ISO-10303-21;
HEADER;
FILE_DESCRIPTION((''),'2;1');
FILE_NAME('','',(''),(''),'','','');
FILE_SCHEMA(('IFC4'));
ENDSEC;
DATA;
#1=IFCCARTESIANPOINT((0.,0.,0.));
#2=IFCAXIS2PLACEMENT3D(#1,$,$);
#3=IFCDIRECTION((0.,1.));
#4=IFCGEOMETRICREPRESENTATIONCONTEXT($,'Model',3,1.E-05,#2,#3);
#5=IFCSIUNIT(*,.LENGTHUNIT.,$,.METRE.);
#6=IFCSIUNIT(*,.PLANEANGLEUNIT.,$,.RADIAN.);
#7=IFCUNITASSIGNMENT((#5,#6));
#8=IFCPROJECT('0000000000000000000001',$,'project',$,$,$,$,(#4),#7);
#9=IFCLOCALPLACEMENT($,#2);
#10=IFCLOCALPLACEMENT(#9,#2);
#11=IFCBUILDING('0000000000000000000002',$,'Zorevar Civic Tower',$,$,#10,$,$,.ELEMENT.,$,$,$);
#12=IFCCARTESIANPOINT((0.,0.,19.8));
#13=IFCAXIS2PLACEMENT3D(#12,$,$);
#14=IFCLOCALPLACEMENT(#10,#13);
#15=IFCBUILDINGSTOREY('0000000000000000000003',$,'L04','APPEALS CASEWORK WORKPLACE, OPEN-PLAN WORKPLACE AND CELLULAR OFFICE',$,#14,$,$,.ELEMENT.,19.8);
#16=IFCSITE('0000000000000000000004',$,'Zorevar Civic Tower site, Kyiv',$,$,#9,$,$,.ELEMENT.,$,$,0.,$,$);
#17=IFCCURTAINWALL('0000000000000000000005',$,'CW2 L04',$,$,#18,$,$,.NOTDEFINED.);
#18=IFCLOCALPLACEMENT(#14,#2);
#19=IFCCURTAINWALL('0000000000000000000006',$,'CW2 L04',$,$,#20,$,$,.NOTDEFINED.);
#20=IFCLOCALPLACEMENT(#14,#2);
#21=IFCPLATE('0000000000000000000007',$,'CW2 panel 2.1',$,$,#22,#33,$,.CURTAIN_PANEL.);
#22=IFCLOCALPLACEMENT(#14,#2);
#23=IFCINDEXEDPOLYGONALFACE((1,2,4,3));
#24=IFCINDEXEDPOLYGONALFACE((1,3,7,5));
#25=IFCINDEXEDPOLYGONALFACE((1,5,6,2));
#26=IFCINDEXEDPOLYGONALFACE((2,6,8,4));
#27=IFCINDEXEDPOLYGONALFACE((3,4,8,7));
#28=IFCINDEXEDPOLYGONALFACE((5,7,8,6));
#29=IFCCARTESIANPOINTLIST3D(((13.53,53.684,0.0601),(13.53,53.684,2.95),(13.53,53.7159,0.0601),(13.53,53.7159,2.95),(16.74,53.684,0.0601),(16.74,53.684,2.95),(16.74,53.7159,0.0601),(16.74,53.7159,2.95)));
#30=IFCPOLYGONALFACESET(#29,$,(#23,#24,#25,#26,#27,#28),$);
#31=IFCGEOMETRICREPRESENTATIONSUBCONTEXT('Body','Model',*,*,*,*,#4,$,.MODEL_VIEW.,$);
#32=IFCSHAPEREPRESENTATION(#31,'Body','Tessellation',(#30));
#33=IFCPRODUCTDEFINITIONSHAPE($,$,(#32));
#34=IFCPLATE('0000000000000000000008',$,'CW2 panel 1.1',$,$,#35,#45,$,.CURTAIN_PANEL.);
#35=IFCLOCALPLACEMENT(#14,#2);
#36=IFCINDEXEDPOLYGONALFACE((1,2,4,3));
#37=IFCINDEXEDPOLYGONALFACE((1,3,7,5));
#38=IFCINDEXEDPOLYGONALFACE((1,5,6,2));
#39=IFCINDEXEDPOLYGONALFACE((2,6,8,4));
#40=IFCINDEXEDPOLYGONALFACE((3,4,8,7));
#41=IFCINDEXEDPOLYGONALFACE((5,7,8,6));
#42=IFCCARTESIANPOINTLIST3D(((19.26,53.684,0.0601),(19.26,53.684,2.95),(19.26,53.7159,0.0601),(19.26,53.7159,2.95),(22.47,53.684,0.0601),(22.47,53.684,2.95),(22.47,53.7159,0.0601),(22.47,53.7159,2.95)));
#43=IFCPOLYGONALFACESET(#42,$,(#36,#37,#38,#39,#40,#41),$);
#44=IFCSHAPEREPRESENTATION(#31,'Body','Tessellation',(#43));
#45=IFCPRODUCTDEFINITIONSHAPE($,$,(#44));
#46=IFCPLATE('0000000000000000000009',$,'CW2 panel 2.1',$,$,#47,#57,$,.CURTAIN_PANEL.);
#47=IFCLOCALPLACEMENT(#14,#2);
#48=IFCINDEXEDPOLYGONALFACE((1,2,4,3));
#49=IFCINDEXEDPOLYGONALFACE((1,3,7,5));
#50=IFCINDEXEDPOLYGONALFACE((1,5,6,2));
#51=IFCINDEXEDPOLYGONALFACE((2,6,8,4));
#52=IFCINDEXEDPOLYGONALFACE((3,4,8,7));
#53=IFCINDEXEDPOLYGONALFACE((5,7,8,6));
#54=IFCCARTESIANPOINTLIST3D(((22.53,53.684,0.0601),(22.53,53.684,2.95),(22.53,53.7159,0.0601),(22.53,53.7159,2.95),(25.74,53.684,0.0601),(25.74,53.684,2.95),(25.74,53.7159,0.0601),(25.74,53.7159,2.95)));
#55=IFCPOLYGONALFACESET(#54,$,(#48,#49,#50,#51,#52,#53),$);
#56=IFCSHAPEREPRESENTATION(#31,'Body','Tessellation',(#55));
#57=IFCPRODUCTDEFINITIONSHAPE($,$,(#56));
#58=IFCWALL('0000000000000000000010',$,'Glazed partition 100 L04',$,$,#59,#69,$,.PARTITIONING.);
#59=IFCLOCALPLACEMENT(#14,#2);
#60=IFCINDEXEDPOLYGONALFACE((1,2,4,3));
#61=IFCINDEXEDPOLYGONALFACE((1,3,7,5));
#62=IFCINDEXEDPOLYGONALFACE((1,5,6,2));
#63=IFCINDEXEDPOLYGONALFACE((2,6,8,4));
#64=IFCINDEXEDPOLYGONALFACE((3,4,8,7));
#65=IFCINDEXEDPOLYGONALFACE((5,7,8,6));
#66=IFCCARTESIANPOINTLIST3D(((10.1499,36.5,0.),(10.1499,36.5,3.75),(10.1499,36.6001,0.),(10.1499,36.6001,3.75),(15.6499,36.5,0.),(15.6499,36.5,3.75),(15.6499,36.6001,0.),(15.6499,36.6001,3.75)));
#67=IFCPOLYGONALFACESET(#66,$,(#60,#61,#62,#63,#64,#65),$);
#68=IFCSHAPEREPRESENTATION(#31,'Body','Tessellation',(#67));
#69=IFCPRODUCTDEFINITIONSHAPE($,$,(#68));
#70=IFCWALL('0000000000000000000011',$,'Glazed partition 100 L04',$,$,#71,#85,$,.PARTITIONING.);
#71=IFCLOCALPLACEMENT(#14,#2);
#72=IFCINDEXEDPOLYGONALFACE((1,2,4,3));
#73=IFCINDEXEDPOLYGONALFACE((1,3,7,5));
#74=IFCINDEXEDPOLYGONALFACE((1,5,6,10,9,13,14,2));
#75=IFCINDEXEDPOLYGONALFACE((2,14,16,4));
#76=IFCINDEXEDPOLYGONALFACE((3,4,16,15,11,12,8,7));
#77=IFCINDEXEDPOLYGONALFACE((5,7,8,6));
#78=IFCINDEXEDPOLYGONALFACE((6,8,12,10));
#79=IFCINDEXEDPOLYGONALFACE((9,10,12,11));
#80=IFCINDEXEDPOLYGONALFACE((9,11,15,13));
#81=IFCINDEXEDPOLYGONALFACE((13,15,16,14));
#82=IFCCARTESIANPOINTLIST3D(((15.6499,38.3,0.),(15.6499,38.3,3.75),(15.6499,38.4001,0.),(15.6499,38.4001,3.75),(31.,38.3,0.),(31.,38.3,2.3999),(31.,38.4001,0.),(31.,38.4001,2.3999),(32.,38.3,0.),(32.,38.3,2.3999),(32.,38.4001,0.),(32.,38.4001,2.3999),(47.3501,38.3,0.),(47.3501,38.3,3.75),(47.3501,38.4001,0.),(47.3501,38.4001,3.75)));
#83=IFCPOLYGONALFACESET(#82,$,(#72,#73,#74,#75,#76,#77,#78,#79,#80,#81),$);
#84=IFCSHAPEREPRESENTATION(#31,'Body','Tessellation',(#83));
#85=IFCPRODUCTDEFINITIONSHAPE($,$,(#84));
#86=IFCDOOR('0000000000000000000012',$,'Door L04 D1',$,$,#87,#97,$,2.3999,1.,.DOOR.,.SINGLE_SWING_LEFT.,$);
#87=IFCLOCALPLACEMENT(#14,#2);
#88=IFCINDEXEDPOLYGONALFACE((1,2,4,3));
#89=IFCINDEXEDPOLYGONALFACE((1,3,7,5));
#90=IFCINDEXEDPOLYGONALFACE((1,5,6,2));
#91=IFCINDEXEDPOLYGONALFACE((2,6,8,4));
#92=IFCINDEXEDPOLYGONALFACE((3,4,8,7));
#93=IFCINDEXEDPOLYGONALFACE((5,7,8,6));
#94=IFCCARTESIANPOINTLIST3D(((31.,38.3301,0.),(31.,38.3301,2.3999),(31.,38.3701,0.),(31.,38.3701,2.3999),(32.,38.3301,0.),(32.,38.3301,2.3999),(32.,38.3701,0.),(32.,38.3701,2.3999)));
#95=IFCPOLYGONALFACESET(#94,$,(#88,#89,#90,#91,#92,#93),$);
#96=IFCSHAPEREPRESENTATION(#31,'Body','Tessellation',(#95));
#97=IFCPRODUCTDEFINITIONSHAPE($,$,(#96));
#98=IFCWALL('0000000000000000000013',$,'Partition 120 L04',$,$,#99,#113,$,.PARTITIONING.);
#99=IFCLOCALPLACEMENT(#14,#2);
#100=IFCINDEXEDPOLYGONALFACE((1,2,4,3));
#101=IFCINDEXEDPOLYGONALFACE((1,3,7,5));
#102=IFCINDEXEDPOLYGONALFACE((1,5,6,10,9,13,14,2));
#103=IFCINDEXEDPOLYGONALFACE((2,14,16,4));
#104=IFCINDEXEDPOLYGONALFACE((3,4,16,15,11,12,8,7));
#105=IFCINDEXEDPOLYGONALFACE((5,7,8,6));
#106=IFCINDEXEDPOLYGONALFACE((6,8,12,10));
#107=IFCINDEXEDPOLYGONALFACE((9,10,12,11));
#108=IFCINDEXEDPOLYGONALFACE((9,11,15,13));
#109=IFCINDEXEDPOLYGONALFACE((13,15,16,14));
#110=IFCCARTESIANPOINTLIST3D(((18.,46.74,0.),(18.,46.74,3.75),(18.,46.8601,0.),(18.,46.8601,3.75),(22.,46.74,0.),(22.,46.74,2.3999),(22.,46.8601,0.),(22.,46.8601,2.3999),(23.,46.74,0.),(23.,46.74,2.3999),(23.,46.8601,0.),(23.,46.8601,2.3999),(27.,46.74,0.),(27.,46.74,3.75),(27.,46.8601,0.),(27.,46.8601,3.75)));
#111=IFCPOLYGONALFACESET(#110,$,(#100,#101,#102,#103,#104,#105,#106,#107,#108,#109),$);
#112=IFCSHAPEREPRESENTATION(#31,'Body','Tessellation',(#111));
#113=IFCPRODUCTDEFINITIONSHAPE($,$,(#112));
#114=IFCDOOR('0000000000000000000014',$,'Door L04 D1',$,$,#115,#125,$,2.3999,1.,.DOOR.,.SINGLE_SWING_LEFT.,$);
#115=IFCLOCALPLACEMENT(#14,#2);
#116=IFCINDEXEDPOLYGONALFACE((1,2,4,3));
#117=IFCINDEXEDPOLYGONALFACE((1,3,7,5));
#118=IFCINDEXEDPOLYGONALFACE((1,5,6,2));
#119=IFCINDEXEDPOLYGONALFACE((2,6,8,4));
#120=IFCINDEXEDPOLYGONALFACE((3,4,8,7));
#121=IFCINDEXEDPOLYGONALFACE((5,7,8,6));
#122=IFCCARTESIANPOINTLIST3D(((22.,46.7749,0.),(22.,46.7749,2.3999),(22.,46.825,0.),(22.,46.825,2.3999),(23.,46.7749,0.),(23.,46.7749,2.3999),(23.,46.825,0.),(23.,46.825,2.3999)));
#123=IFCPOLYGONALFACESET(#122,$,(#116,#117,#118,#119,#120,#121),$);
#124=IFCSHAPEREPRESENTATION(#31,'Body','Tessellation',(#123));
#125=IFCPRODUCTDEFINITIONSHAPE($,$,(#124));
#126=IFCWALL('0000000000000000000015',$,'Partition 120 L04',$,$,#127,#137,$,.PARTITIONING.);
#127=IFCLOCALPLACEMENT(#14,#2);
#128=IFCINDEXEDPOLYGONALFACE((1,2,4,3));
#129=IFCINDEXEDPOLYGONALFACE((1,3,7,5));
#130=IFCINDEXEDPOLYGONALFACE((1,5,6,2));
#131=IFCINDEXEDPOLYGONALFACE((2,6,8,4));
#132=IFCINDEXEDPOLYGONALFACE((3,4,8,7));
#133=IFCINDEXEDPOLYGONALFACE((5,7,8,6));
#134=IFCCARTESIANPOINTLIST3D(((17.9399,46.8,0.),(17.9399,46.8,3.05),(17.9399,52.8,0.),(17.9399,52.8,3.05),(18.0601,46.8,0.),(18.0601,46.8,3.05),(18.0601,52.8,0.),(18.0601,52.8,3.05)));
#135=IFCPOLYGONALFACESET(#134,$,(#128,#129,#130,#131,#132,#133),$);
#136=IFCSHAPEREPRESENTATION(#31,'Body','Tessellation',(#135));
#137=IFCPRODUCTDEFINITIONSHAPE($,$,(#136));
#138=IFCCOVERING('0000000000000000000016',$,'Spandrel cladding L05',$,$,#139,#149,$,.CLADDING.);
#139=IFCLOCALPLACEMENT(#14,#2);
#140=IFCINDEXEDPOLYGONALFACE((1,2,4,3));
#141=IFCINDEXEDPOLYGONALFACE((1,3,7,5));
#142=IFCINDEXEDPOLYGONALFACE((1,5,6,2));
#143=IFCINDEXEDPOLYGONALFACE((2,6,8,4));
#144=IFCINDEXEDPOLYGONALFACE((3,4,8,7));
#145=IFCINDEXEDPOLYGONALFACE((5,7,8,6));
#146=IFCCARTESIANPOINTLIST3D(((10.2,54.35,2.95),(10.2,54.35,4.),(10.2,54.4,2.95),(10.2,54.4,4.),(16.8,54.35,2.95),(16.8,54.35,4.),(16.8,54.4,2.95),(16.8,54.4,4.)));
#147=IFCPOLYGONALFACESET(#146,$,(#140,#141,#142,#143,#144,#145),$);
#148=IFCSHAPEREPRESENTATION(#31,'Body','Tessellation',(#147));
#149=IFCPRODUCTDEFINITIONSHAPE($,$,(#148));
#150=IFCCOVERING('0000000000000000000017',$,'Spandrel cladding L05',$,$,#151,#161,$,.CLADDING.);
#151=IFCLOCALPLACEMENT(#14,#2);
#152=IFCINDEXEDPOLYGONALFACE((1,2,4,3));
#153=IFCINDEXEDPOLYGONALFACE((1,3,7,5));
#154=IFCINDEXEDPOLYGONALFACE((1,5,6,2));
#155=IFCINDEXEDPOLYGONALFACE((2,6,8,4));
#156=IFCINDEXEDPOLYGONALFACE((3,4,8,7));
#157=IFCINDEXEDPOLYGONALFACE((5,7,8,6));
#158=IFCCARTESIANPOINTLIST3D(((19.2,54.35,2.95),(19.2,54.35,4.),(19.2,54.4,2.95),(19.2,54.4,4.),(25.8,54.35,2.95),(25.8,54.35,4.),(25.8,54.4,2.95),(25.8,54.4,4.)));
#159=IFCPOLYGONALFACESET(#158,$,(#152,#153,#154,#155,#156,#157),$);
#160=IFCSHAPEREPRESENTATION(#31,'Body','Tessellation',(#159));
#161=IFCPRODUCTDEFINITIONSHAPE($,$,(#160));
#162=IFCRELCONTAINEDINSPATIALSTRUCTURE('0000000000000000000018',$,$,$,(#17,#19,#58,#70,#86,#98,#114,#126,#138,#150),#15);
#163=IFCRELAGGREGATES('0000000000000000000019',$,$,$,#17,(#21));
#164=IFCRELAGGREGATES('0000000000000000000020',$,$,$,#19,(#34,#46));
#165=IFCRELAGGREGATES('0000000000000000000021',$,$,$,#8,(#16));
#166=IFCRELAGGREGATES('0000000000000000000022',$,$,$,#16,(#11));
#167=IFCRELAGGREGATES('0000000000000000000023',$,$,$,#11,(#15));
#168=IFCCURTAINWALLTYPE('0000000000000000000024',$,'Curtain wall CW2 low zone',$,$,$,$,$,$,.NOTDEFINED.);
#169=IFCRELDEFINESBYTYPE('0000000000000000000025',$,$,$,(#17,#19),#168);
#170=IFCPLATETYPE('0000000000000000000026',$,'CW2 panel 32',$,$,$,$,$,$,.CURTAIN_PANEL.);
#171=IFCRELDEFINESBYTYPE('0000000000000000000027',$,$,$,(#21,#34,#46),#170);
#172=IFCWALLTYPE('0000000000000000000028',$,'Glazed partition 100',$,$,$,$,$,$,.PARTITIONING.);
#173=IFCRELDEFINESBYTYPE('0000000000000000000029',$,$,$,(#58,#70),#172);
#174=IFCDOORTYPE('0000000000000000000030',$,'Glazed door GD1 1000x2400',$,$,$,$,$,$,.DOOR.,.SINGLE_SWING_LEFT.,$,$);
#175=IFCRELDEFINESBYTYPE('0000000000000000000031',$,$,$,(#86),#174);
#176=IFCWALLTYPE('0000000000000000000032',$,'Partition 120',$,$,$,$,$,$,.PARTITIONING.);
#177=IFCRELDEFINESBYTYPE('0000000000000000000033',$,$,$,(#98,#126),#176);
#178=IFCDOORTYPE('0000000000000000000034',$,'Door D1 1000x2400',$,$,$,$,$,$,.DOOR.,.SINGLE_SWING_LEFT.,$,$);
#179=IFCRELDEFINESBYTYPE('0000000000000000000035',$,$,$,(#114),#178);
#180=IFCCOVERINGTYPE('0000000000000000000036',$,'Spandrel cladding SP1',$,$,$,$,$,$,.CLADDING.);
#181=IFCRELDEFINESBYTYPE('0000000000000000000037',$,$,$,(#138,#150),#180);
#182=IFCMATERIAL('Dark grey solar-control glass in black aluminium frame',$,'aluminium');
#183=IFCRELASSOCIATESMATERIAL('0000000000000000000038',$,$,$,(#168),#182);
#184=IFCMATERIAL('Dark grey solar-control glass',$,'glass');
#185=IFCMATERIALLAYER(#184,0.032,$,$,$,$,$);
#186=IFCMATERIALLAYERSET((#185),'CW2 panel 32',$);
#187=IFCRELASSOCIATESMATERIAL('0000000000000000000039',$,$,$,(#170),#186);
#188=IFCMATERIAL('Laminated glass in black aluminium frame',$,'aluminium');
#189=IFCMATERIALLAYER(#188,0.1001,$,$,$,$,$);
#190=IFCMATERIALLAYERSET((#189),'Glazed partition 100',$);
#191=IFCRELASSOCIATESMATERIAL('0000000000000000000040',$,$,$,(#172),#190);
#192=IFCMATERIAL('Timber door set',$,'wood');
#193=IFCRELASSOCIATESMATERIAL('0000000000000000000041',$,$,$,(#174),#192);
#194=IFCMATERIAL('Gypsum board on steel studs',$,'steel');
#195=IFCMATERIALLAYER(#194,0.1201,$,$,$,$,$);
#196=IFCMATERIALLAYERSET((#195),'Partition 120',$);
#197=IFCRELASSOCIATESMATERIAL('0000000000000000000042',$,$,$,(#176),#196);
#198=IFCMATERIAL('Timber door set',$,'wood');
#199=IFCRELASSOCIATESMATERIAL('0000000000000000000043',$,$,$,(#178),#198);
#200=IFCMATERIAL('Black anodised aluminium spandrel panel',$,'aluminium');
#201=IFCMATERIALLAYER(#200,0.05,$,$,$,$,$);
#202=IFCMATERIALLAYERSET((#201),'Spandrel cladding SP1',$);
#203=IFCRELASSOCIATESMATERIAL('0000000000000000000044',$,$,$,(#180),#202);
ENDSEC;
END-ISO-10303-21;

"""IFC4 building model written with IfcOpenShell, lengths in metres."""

from ifc_helpers import new_model, si_unit, direction, frame, frame_2d, origin, origin_2d, place, context, subcontext, project, spatial, rectangle, extrude, material, layer, layer_set, type_object, element, fill, aggregate, save


model = new_model("IFC4")

# Units and contexts
model_context = context("Model", 3, precision=1e-05, world=origin(), true_north=direction((0.0, 1.0)))
body_context = subcontext(model_context, "Body", "Model", "MODEL_VIEW")
ifc_project = project(units=[si_unit("LENGTHUNIT", "METRE"), si_unit("PLANEANGLEUNIT", "RADIAN")], contexts=[model_context])

# Site, building, storey
site_placement = place(None, origin())
site = spatial("IfcSite", under=ifc_project, at=site_placement, Name="Zorevar Civic Tower site, Kyiv", CompositionType="ELEMENT", RefElevation=0.0)
building_placement = place(site_placement, origin())
building = spatial("IfcBuilding", under=site, at=building_placement, Name="Zorevar Civic Tower", CompositionType="ELEMENT")
storey_placement = place(building_placement, frame((0.0, 0.0, 19.8)))
storey = spatial("IfcBuildingStorey", under=building, at=storey_placement, Name="L04", Description="APPEALS CASEWORK WORKPLACE, OPEN-PLAN WORKPLACE AND CELLULAR OFFICE", CompositionType="ELEMENT", Elevation=19.8)

# Curtain walls
ifc_material_1 = material(Name="Dark grey solar-control glass in black aluminium frame", Category="aluminium")
curtain_wall_type = type_object("IfcCurtainWallType", Name="Curtain wall CW2 low zone", PredefinedType="NOTDEFINED", material=ifc_material_1)
curtain_wall_1_placement = place(storey_placement, origin())
curtain_wall_1 = element("IfcCurtainWall", 1, at=curtain_wall_1_placement, inside=storey, type_object=curtain_wall_type, Name="CW2 L04", PredefinedType="NOTDEFINED")
curtain_wall_2_placement = place(storey_placement, origin())
curtain_wall_2 = element("IfcCurtainWall", 2, at=curtain_wall_2_placement, inside=storey, type_object=curtain_wall_type, Name="CW2 L04", PredefinedType="NOTDEFINED")

# Plates
ifc_material_2 = material(Name="Dark grey solar-control glass", Category="glass")
ifc_layer_1 = layer(ifc_material_2, 0.032)
ifc_layer_set_1 = layer_set([ifc_layer_1], Name="CW2 panel 32")
plate_type = type_object("IfcPlateType", Name="CW2 panel 32", PredefinedType="CURTAIN_PANEL", material=ifc_layer_set_1)
plate_1_placement = place(storey_placement, frame((15.135, 53.7, 0.0601), z_axis=(0.0, 0.0, 1.0), x_axis=(1.0, 0.0, 0.0)))
plate_1 = element("IfcPlate", 3, at=plate_1_placement, type_object=plate_type, Name="CW2 panel 2.1", PredefinedType="CURTAIN_PANEL", context=body_context, shape_type="SweptSolid", body=[
    extrude(rectangle(XDim=3.21, YDim=0.032, at=origin_2d()), origin(), (0.0, 0.0, 1.0), 2.8899),
])
aggregate(curtain_wall_1, [plate_1])
plate_2_placement = place(storey_placement, frame((20.865, 53.7, 0.0601), z_axis=(0.0, 0.0, 1.0), x_axis=(1.0, 0.0, 0.0)))
plate_2 = element("IfcPlate", 4, at=plate_2_placement, type_object=plate_type, Name="CW2 panel 1.1", PredefinedType="CURTAIN_PANEL", context=body_context, shape_type="SweptSolid", body=[
    extrude(rectangle(XDim=3.21, YDim=0.032, at=origin_2d()), origin(), (0.0, 0.0, 1.0), 2.8899),
])
plate_3_placement = place(storey_placement, frame((24.135, 53.7, 0.0601), z_axis=(0.0, 0.0, 1.0), x_axis=(1.0, 0.0, 0.0)))
plate_3 = element("IfcPlate", 5, at=plate_3_placement, type_object=plate_type, Name="CW2 panel 2.1", PredefinedType="CURTAIN_PANEL", context=body_context, shape_type="SweptSolid", body=[
    extrude(rectangle(XDim=3.21, YDim=0.032, at=origin_2d()), origin(), (0.0, 0.0, 1.0), 2.8899),
])
aggregate(curtain_wall_2, [plate_2, plate_3])

# Wall
ifc_material_3 = material(Name="Laminated glass in black aluminium frame", Category="aluminium")
ifc_layer_2 = layer(ifc_material_3, 0.1001)
ifc_layer_set_2 = layer_set([ifc_layer_2], Name="Glazed partition 100")
wall_type_1 = type_object("IfcWallType", Name="Glazed partition 100", PredefinedType="PARTITIONING", material=ifc_layer_set_2)
wall_1_placement = place(storey_placement, frame((10.1499, 36.55, 0.0), z_axis=(0.0, 0.0, 1.0), x_axis=(1.0, 0.0, 0.0)))
element("IfcWall", 6, at=wall_1_placement, inside=storey, type_object=wall_type_1, Name="Glazed partition 100 L04", PredefinedType="PARTITIONING", context=body_context, shape_type="SweptSolid", body=[
    extrude(rectangle(XDim=5.5, YDim=0.1001, at=frame_2d((2.75, 0.0))), origin(), (0.0, 0.0, 1.0), 3.75),
])

# Walls, openings, doors
wall_2_placement = place(storey_placement, frame((15.6499, 38.3501, 0.0), z_axis=(0.0, 0.0, 1.0), x_axis=(1.0, 0.0, 0.0)))
wall_2 = element("IfcWall", 7, at=wall_2_placement, inside=storey, type_object=wall_type_1, Name="Glazed partition 100 L04", PredefinedType="PARTITIONING", context=body_context, shape_type="SweptSolid", body=[
    extrude(rectangle(XDim=31.7002, YDim=0.1001, at=frame_2d((15.8501, 0.0))), origin(), (0.0, 0.0, 1.0), 3.75),
])
opening_1_placement = place(wall_2_placement, frame((15.3501, 0.0, 0.0)))
opening_1 = element("IfcOpeningElement", 8, at=opening_1_placement, cuts=wall_2, PredefinedType="OPENING", context=body_context, shape_type="SweptSolid", body=[
    extrude(rectangle(XDim=1.0, YDim=2.3999, at=frame_2d((0.5, 1.2))), frame((0.0, 0.0601, 0.0), z_axis=(0.0, -1.0, 0.0), x_axis=(1.0, 0.0, 0.0)), (0.0, 0.0, 1.0), 0.1201),
])
ifc_material_4 = material(Name="Timber door set", Category="wood")
door_type_1 = type_object("IfcDoorType", Name="Glazed door GD1 1000x2400", OperationType="SINGLE_SWING_LEFT", PredefinedType="DOOR", material=ifc_material_4)
door_1_placement = place(opening_1_placement, origin())
door_1 = element("IfcDoor", 9, at=door_1_placement, inside=storey, type_object=door_type_1, Name="Door L04 D1", OperationType="SINGLE_SWING_LEFT", OverallHeight=2.3999, OverallWidth=1.0, PredefinedType="DOOR", context=body_context, shape_type="SweptSolid", body=[
    extrude(rectangle(XDim=1.0, YDim=2.3999, at=frame_2d((0.5, 1.2))), frame((0.0, 0.02, 0.0), z_axis=(0.0, -1.0, 0.0), x_axis=(1.0, 0.0, 0.0)), (0.0, 0.0, 1.0), 0.04),
])
fill(opening_1, door_1)
ifc_material_5 = material(Name="Gypsum board on steel studs", Category="steel")
ifc_layer_3 = layer(ifc_material_5, 0.1201)
ifc_layer_set_3 = layer_set([ifc_layer_3], Name="Partition 120")
wall_type_2 = type_object("IfcWallType", Name="Partition 120", PredefinedType="PARTITIONING", material=ifc_layer_set_3)
wall_3_placement = place(storey_placement, frame((18.0, 46.8, 0.0), z_axis=(0.0, 0.0, 1.0), x_axis=(1.0, 0.0, 0.0)))
wall_3 = element("IfcWall", 10, at=wall_3_placement, inside=storey, type_object=wall_type_2, Name="Partition 120 L04", PredefinedType="PARTITIONING", context=body_context, shape_type="SweptSolid", body=[
    extrude(rectangle(XDim=9.0, YDim=0.1201, at=frame_2d((4.5, 0.0))), origin(), (0.0, 0.0, 1.0), 3.75),
])
opening_2_placement = place(wall_3_placement, frame((4.0, 0.0, 0.0)))
opening_2 = element("IfcOpeningElement", 11, at=opening_2_placement, cuts=wall_3, PredefinedType="OPENING", context=body_context, shape_type="SweptSolid", body=[
    extrude(rectangle(XDim=1.0, YDim=2.3999, at=frame_2d((0.5, 1.2))), frame((0.0, 0.0701, 0.0), z_axis=(0.0, -1.0, 0.0), x_axis=(1.0, 0.0, 0.0)), (0.0, 0.0, 1.0), 0.1401),
])
ifc_material_6 = material(Name="Timber door set", Category="wood")
door_type_2 = type_object("IfcDoorType", Name="Door D1 1000x2400", OperationType="SINGLE_SWING_LEFT", PredefinedType="DOOR", material=ifc_material_6)
door_2_placement = place(opening_2_placement, origin())
door_2 = element("IfcDoor", 12, at=door_2_placement, inside=storey, type_object=door_type_2, Name="Door L04 D1", OperationType="SINGLE_SWING_LEFT", OverallHeight=2.3999, OverallWidth=1.0, PredefinedType="DOOR", context=body_context, shape_type="SweptSolid", body=[
    extrude(rectangle(XDim=1.0, YDim=2.3999, at=frame_2d((0.5, 1.2))), frame((0.0, 0.0249, 0.0), z_axis=(0.0, -1.0, 0.0), x_axis=(1.0, 0.0, 0.0)), (0.0, 0.0, 1.0), 0.05),
])
fill(opening_2, door_2)

# Wall
wall_4_placement = place(storey_placement, frame((18.0, 46.8, 0.0), z_axis=(0.0, 0.0, 1.0), x_axis=(0.0, 1.0, 0.0)))
element("IfcWall", 13, at=wall_4_placement, inside=storey, type_object=wall_type_2, Name="Partition 120 L04", PredefinedType="PARTITIONING", context=body_context, shape_type="SweptSolid", body=[
    extrude(rectangle(XDim=6.0, YDim=0.1201, at=frame_2d((3.0, 0.0))), origin(), (0.0, 0.0, 1.0), 3.05),
])

# Coverings
ifc_material_7 = material(Name="Black anodised aluminium spandrel panel", Category="aluminium")
ifc_layer_4 = layer(ifc_material_7, 0.05)
ifc_layer_set_4 = layer_set([ifc_layer_4], Name="Spandrel cladding SP1")
covering_type = type_object("IfcCoveringType", Name="Spandrel cladding SP1", PredefinedType="CLADDING", material=ifc_layer_set_4)
for number, where, z_axis, x_axis, name in (
    (14, (10.2, 54.375, 2.95), (0.0, 0.0, 1.0), (1.0, 0.0, 0.0), "Spandrel cladding L05"),
    (15, (19.2, 54.375, 2.95), (0.0, 0.0, 1.0), (1.0, 0.0, 0.0), "Spandrel cladding L05"),
):
    element("IfcCovering", number, at=place(storey_placement, frame(where, z_axis=z_axis, x_axis=x_axis)), inside=storey, type_object=covering_type, Name=name, PredefinedType="CLADDING", context=body_context, shape_type="SweptSolid", body=[
        extrude(rectangle(XDim=6.6001, YDim=0.05, at=frame_2d((3.3, 0.0))), origin(), (0.0, 0.0, 1.0), 1.05),
    ])

save(model, "model.ifc")
